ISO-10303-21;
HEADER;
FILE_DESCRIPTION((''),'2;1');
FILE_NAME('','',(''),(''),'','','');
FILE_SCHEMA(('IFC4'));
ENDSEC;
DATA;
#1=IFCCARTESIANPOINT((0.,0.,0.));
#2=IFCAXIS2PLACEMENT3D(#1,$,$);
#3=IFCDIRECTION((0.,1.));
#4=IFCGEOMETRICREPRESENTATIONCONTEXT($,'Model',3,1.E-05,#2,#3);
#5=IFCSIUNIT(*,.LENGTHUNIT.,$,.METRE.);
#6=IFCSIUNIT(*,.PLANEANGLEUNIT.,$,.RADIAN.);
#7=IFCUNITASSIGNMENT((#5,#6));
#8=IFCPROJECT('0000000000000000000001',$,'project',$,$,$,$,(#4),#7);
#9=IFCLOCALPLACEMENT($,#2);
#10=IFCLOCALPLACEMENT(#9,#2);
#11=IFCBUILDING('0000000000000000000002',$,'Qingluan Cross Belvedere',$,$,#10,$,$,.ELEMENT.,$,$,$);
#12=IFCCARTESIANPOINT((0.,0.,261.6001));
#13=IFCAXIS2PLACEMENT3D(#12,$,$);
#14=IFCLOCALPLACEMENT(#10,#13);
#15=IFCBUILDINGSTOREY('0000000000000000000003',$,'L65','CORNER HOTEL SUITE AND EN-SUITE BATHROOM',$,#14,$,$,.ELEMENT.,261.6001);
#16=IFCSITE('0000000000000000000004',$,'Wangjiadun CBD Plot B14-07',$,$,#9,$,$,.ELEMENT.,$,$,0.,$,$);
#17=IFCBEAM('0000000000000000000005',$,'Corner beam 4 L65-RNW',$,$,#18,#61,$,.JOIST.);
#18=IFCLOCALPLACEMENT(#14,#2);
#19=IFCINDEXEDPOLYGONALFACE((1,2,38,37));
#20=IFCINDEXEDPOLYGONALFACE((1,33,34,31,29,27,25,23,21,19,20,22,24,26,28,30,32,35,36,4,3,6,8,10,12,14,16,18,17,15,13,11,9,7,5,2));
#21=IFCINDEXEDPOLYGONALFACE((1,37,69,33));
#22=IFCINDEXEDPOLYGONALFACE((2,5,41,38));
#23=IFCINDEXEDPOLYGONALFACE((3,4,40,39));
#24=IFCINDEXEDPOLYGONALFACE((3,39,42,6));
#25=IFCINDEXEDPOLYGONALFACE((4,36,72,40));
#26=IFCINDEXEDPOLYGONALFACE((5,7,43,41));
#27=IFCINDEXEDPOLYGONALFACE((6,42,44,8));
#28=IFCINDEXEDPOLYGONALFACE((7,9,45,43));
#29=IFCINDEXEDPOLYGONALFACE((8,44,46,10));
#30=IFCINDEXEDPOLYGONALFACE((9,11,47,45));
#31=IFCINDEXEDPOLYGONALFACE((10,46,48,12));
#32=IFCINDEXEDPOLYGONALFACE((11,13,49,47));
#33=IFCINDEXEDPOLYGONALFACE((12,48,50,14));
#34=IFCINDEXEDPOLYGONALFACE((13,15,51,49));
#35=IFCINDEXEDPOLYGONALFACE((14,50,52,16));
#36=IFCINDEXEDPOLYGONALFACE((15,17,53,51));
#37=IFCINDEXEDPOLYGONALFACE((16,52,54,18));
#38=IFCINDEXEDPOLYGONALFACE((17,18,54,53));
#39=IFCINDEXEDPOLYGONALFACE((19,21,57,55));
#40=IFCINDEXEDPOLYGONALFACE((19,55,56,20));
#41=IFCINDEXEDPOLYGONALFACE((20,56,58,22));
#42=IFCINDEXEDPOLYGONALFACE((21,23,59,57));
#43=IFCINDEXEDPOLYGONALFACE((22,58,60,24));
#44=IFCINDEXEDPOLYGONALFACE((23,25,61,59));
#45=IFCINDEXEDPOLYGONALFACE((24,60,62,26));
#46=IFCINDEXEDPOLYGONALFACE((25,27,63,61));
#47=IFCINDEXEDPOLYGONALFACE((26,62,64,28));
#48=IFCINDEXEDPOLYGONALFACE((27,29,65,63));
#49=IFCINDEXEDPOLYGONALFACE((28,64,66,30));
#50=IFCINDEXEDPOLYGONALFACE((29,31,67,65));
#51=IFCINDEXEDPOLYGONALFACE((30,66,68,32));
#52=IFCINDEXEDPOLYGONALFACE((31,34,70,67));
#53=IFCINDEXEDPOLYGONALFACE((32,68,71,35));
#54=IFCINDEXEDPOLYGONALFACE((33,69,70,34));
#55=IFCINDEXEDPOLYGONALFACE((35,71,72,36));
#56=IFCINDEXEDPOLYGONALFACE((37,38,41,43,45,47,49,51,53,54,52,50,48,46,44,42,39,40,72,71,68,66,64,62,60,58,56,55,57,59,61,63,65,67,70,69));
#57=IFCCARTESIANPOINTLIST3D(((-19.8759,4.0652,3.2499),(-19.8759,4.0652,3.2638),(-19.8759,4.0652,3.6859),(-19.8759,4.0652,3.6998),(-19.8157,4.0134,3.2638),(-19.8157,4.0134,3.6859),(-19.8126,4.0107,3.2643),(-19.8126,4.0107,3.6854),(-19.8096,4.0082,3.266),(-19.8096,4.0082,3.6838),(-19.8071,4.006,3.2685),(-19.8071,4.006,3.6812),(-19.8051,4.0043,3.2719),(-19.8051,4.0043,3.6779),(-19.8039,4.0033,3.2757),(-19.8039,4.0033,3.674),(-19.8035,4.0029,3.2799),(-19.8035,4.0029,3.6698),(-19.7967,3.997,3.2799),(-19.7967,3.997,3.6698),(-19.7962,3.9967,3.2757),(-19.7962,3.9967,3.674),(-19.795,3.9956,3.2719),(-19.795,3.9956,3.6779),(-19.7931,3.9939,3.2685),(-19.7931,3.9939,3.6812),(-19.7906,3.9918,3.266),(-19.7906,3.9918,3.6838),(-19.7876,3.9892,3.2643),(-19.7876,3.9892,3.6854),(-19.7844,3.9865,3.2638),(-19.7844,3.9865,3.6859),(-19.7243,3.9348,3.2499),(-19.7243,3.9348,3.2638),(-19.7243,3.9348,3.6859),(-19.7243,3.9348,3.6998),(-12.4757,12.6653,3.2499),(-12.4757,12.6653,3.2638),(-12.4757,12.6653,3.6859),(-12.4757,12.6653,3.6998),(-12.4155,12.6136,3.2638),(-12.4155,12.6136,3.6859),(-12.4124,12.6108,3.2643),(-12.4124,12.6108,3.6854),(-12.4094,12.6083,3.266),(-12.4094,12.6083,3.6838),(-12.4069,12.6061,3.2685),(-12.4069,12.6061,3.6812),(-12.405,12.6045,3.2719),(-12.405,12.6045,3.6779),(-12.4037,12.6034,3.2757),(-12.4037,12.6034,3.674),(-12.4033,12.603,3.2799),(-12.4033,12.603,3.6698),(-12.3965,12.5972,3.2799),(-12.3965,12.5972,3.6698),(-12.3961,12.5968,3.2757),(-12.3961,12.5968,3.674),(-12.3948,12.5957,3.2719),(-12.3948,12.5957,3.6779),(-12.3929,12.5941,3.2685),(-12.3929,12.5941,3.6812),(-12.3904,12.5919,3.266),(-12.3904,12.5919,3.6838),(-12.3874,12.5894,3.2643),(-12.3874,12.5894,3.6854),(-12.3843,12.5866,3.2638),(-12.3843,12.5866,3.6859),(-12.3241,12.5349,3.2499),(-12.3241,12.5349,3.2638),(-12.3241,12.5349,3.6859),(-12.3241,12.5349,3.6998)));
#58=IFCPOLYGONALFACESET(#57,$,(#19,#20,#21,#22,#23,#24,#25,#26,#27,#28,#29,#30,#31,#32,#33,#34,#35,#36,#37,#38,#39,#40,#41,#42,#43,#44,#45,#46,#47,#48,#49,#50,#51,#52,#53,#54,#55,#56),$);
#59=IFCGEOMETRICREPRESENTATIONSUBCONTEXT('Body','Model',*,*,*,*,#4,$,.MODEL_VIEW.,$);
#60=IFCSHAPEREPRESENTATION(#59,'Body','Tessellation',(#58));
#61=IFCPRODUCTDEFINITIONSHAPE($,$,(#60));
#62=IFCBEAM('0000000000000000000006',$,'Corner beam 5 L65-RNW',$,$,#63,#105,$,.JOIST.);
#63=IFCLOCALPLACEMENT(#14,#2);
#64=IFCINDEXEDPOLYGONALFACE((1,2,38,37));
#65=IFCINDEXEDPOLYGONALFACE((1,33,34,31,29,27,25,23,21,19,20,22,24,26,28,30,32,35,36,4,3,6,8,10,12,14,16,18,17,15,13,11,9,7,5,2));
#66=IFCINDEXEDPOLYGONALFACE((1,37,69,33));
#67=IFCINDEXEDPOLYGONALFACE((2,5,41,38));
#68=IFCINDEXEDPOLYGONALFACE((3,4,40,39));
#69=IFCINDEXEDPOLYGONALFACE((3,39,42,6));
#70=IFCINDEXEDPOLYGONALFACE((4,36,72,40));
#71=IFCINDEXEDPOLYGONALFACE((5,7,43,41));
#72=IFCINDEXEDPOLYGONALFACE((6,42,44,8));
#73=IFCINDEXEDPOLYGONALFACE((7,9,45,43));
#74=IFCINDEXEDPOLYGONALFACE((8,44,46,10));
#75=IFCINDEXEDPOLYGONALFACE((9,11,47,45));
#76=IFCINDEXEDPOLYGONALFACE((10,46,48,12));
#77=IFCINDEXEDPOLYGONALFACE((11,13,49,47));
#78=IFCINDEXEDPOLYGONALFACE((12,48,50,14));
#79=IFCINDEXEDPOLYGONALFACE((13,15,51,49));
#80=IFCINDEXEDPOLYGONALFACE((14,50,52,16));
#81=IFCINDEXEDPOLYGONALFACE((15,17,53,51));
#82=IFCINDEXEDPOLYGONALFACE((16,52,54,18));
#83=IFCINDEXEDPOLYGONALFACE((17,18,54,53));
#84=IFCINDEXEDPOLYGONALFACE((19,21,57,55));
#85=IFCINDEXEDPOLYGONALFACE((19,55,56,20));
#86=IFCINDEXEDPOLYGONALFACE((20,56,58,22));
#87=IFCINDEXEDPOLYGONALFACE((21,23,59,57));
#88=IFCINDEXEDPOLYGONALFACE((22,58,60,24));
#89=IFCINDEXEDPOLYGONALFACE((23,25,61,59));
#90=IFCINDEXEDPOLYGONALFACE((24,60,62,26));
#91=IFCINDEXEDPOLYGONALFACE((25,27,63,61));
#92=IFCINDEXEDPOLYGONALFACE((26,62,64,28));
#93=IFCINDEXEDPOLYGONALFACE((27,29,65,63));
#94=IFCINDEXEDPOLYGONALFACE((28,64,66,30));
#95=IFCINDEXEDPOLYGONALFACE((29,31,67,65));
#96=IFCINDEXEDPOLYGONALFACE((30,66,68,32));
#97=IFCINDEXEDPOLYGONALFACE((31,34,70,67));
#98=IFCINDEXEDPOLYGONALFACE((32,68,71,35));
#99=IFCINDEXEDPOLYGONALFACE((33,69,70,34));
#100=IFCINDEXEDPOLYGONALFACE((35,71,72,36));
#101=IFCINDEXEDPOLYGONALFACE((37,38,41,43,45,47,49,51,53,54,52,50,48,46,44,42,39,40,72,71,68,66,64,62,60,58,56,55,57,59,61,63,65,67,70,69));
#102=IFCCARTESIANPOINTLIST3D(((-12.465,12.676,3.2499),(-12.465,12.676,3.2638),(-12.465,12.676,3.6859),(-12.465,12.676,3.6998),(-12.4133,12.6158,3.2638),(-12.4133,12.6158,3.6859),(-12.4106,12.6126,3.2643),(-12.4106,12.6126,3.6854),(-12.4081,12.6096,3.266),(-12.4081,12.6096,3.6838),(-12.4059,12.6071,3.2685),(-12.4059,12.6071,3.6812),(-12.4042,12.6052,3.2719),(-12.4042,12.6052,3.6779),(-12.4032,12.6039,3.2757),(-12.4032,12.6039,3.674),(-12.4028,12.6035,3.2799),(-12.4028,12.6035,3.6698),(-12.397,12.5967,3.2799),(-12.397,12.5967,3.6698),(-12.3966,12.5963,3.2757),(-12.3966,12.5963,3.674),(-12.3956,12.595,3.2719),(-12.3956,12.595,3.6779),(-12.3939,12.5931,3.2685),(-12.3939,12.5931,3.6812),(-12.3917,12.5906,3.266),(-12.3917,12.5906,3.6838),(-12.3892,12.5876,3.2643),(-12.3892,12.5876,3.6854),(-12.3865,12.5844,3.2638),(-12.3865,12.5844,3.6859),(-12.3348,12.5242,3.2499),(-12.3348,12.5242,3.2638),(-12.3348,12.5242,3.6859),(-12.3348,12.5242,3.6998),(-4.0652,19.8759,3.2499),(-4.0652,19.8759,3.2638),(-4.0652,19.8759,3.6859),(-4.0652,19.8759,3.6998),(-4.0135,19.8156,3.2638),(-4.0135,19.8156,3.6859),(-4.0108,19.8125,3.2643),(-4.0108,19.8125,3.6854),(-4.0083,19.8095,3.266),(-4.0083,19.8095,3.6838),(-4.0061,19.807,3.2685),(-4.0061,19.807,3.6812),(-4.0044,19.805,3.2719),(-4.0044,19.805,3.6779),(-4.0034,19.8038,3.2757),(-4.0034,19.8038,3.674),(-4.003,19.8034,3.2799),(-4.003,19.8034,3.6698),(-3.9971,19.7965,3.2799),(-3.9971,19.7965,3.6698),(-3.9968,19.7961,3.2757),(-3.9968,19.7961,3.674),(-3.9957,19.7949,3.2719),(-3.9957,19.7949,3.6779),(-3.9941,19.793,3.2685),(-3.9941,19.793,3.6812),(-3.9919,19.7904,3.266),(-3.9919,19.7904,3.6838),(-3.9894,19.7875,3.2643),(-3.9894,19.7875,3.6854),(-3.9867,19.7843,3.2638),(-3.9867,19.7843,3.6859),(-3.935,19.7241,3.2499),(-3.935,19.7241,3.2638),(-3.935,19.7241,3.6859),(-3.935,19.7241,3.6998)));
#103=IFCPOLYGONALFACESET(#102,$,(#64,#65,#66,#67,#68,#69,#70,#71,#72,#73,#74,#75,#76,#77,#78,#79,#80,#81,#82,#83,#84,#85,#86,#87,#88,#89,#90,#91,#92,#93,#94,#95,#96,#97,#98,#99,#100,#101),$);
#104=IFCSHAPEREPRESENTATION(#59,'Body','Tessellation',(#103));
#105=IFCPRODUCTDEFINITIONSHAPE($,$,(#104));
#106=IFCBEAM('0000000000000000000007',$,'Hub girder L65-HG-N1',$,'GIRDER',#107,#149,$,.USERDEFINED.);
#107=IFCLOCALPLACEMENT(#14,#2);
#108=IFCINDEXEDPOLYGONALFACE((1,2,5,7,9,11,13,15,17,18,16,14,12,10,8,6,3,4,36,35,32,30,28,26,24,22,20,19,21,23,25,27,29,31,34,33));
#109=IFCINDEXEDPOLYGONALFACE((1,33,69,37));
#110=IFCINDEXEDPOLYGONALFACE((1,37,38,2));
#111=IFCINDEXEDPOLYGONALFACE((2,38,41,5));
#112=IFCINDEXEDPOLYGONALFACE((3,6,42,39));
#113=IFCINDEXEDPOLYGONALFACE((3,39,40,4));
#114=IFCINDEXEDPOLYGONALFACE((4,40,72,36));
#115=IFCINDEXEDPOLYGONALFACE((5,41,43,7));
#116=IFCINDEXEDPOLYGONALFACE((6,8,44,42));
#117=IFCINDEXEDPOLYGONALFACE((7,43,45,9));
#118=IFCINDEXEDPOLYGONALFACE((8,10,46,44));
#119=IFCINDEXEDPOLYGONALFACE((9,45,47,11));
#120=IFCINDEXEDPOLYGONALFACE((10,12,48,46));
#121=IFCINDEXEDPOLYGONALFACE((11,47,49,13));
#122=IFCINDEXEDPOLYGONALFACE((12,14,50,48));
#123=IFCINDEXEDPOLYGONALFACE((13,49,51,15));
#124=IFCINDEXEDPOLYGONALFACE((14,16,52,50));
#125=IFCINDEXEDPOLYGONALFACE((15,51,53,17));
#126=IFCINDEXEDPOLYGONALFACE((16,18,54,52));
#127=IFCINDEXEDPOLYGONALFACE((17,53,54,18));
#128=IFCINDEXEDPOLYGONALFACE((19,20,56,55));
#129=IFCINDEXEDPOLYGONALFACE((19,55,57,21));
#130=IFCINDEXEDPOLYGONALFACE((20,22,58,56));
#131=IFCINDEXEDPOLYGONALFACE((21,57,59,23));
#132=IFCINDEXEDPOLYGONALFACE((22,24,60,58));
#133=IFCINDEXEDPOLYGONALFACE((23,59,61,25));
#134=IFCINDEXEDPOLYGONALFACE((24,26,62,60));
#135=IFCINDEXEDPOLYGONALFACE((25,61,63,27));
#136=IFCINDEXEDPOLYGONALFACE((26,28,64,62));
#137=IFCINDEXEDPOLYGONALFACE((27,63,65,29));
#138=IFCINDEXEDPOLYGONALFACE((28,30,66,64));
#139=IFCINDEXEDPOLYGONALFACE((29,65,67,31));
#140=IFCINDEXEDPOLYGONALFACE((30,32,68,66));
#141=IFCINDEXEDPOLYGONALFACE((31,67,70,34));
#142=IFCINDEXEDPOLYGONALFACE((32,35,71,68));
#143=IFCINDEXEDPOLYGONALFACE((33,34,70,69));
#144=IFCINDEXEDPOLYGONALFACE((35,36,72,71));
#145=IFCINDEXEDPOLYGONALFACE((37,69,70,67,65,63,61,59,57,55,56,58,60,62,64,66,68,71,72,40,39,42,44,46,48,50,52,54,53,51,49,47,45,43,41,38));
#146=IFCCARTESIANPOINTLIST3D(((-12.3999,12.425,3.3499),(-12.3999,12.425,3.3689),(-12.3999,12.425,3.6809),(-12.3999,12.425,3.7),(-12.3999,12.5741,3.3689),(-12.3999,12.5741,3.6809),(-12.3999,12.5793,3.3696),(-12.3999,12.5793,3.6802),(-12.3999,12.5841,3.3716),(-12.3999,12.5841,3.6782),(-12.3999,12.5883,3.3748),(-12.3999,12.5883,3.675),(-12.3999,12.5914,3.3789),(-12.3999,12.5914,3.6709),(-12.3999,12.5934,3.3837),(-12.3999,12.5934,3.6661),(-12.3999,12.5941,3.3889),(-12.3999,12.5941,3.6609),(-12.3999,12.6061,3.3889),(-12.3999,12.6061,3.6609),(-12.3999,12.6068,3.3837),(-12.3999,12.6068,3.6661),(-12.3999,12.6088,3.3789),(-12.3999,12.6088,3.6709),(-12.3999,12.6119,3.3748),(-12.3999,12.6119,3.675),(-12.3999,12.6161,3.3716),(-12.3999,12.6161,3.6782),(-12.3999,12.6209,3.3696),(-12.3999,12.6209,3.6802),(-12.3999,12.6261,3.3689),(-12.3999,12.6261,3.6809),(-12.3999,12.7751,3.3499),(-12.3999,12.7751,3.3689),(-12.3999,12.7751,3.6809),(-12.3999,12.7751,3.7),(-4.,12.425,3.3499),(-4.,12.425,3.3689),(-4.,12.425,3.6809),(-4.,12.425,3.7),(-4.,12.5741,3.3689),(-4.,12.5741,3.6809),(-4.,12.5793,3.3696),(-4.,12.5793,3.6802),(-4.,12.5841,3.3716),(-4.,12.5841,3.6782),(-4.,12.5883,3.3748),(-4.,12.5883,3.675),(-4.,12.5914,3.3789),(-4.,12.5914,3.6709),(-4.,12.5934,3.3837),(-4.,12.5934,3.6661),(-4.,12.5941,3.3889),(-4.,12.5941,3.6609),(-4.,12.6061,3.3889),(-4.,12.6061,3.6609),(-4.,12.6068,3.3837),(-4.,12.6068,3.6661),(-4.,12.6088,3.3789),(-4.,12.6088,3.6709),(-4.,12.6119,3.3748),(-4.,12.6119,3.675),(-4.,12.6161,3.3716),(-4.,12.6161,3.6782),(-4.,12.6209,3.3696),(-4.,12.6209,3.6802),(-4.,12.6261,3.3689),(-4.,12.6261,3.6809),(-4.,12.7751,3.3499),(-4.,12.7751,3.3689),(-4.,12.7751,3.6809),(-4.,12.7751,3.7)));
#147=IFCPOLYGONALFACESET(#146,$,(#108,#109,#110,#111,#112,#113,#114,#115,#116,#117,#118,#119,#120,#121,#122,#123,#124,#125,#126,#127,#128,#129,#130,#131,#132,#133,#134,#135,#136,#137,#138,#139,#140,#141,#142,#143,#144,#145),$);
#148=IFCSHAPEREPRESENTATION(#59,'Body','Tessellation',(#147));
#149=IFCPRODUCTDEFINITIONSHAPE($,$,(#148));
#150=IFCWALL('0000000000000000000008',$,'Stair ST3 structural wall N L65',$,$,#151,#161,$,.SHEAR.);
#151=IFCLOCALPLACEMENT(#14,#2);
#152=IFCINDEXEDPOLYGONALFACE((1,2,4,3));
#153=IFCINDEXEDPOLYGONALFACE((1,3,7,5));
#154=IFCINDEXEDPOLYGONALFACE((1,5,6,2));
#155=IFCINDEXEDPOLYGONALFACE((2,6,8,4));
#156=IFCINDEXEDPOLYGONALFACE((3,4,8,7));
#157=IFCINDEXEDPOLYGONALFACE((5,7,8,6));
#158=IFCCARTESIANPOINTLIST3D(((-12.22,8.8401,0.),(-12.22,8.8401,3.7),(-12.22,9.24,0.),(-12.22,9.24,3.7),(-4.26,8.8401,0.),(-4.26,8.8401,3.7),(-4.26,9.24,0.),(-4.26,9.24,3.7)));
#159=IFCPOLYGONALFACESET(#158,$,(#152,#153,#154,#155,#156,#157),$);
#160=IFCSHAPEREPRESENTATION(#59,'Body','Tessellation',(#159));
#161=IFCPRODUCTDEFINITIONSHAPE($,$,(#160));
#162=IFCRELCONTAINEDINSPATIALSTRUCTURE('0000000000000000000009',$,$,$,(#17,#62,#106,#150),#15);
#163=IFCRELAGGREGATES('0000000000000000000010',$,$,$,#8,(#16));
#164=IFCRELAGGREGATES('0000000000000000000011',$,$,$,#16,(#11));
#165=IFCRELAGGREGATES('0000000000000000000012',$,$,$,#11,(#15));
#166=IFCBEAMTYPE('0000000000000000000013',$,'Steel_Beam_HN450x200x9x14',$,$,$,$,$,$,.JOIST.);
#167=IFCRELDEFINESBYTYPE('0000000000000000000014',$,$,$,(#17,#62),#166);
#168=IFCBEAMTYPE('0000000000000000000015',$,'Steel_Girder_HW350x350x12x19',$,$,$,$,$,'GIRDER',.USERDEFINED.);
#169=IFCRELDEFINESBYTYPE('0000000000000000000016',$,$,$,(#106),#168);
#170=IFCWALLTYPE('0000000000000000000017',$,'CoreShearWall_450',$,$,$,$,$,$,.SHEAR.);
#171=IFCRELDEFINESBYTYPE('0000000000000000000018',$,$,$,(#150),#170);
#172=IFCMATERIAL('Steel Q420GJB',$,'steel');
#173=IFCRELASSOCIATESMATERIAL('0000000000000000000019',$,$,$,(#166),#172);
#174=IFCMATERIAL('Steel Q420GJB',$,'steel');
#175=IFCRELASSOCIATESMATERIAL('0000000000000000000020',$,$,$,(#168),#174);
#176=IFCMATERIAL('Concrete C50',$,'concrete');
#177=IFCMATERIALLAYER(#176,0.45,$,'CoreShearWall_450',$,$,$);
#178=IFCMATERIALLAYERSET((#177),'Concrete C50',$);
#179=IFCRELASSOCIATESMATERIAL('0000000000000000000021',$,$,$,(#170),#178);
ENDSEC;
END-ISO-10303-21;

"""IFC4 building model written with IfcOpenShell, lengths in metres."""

from ifc_helpers import new_model, si_unit, direction, frame, frame_2d, origin, origin_2d, place, context, subcontext, project, spatial, rectangle, i_section, extrude, material, layer, layer_set, material_profile, profile_set, type_object, element, save


model = new_model("IFC4")

# Units and contexts
model_context = context("Model", 3, precision=1e-05, world=origin(), true_north=direction((0.0, 1.0)))
body_context = subcontext(model_context, "Body", "Model", "MODEL_VIEW")
ifc_project = project(units=[si_unit("LENGTHUNIT", "METRE"), si_unit("PLANEANGLEUNIT", "RADIAN")], contexts=[model_context])

# Site, building, storey
site_placement = place(None, origin())
site = spatial("IfcSite", under=ifc_project, at=site_placement, Name="Wangjiadun CBD Plot B14-07", CompositionType="ELEMENT", RefElevation=0.0)
building_placement = place(site_placement, origin())
building = spatial("IfcBuilding", under=site, at=building_placement, Name="Qingluan Cross Belvedere", CompositionType="ELEMENT")
storey_placement = place(building_placement, frame((0.0, 0.0, 261.6001)))
storey = spatial("IfcBuildingStorey", under=building, at=storey_placement, Name="L65", Description="CORNER HOTEL SUITE AND EN-SUITE BATHROOM", CompositionType="ELEMENT", Elevation=261.6001)

# Beams
ifc_material_1 = material(Name="Steel Q420GJB", Category="steel")
ifc_material_profile_1 = material_profile(ifc_material_1, i_section(OverallWidth=0.2, OverallDepth=0.45, WebThickness=0.009, FlangeThickness=0.0139, FilletRadius=0.0161, at=origin_2d()), Name="HN450x200x9x14")
ifc_profile_set_1 = profile_set([ifc_material_profile_1], Name="Steel Q420GJB")
beam_type_1 = type_object("IfcBeamType", Name="Steel_Beam_HN450x200x9x14", PredefinedType="JOIST", material=ifc_profile_set_1)
beam_1_placement = place(storey_placement, frame((-12.3999, 12.6001, 3.4749), z_axis=(-0.652245, -0.758008, 0.0), x_axis=(0.758008, -0.652245, 0.0)))
element("IfcBeam", 1, at=beam_1_placement, inside=storey, type_object=beam_type_1, Name="Corner beam 4 L65-RNW", PredefinedType="JOIST", context=body_context, shape_type="SweptSolid", body=[
    extrude(i_section(OverallWidth=0.2, OverallDepth=0.45, WebThickness=0.009, FlangeThickness=0.0139, FilletRadius=0.0161, at=origin_2d()), origin(), (0.0, 0.0, 1.0), 11.3457),
])
beam_2_placement = place(storey_placement, frame((-12.3999, 12.6001, 3.4749), z_axis=(0.759255, 0.650793, 0.0), x_axis=(-0.650793, 0.759255, 0.0)))
element("IfcBeam", 2, at=beam_2_placement, inside=storey, type_object=beam_type_1, Name="Corner beam 5 L65-RNW", PredefinedType="JOIST", context=body_context, shape_type="SweptSolid", body=[
    extrude(i_section(OverallWidth=0.2, OverallDepth=0.45, WebThickness=0.009, FlangeThickness=0.0139, FilletRadius=0.0161, at=origin_2d()), origin(), (0.0, 0.0, 1.0), 11.0632),
])
ifc_material_2 = material(Name="Steel Q420GJB", Category="steel")
ifc_material_profile_2 = material_profile(ifc_material_2, i_section(OverallWidth=0.3501, OverallDepth=0.3501, WebThickness=0.012, FlangeThickness=0.019, FilletRadius=0.02, at=origin_2d()), Name="HW350x350x12x19")
ifc_profile_set_2 = profile_set([ifc_material_profile_2], Name="Steel Q420GJB")
beam_type_2 = type_object("IfcBeamType", Name="Steel_Girder_HW350x350x12x19", ElementType="GIRDER", PredefinedType="USERDEFINED", material=ifc_profile_set_2)
beam_3_placement = place(storey_placement, frame((-12.3999, 12.6001, 3.5249), z_axis=(1.0, 0.0, 0.0), x_axis=(0.0, 1.0, 0.0)))
element("IfcBeam", 3, at=beam_3_placement, inside=storey, type_object=beam_type_2, Name="Hub girder L65-HG-N1", ObjectType="GIRDER", PredefinedType="USERDEFINED", context=body_context, shape_type="SweptSolid", body=[
    extrude(i_section(OverallWidth=0.3501, OverallDepth=0.3501, WebThickness=0.012, FlangeThickness=0.019, FilletRadius=0.02, at=origin_2d()), origin(), (0.0, 0.0, 1.0), 8.3999),
])

# Wall
ifc_material_3 = material(Name="Concrete C50", Category="concrete")
ifc_layer_1 = layer(ifc_material_3, 0.45, Name="CoreShearWall_450")
ifc_layer_set_1 = layer_set([ifc_layer_1], Name="Concrete C50")
wall_type_1 = type_object("IfcWallType", Name="CoreShearWall_450", PredefinedType="SHEAR", material=ifc_layer_set_1)
wall_1_placement = place(storey_placement, frame((-12.22, 9.04, 0.0), z_axis=(0.0, 0.0, 1.0), x_axis=(1.0, 0.0, 0.0)))
element("IfcWall", 4, at=wall_1_placement, inside=storey, type_object=wall_type_1, Name="Stair ST3 structural wall N L65", PredefinedType="SHEAR", context=body_context, shape_type="SweptSolid", body=[
    extrude(rectangle(XDim=7.96, YDim=0.3999, at=frame_2d((3.98, 0.0))), origin(), (0.0, 0.0, 1.0), 3.7),
])

save(model, "model.ifc")
